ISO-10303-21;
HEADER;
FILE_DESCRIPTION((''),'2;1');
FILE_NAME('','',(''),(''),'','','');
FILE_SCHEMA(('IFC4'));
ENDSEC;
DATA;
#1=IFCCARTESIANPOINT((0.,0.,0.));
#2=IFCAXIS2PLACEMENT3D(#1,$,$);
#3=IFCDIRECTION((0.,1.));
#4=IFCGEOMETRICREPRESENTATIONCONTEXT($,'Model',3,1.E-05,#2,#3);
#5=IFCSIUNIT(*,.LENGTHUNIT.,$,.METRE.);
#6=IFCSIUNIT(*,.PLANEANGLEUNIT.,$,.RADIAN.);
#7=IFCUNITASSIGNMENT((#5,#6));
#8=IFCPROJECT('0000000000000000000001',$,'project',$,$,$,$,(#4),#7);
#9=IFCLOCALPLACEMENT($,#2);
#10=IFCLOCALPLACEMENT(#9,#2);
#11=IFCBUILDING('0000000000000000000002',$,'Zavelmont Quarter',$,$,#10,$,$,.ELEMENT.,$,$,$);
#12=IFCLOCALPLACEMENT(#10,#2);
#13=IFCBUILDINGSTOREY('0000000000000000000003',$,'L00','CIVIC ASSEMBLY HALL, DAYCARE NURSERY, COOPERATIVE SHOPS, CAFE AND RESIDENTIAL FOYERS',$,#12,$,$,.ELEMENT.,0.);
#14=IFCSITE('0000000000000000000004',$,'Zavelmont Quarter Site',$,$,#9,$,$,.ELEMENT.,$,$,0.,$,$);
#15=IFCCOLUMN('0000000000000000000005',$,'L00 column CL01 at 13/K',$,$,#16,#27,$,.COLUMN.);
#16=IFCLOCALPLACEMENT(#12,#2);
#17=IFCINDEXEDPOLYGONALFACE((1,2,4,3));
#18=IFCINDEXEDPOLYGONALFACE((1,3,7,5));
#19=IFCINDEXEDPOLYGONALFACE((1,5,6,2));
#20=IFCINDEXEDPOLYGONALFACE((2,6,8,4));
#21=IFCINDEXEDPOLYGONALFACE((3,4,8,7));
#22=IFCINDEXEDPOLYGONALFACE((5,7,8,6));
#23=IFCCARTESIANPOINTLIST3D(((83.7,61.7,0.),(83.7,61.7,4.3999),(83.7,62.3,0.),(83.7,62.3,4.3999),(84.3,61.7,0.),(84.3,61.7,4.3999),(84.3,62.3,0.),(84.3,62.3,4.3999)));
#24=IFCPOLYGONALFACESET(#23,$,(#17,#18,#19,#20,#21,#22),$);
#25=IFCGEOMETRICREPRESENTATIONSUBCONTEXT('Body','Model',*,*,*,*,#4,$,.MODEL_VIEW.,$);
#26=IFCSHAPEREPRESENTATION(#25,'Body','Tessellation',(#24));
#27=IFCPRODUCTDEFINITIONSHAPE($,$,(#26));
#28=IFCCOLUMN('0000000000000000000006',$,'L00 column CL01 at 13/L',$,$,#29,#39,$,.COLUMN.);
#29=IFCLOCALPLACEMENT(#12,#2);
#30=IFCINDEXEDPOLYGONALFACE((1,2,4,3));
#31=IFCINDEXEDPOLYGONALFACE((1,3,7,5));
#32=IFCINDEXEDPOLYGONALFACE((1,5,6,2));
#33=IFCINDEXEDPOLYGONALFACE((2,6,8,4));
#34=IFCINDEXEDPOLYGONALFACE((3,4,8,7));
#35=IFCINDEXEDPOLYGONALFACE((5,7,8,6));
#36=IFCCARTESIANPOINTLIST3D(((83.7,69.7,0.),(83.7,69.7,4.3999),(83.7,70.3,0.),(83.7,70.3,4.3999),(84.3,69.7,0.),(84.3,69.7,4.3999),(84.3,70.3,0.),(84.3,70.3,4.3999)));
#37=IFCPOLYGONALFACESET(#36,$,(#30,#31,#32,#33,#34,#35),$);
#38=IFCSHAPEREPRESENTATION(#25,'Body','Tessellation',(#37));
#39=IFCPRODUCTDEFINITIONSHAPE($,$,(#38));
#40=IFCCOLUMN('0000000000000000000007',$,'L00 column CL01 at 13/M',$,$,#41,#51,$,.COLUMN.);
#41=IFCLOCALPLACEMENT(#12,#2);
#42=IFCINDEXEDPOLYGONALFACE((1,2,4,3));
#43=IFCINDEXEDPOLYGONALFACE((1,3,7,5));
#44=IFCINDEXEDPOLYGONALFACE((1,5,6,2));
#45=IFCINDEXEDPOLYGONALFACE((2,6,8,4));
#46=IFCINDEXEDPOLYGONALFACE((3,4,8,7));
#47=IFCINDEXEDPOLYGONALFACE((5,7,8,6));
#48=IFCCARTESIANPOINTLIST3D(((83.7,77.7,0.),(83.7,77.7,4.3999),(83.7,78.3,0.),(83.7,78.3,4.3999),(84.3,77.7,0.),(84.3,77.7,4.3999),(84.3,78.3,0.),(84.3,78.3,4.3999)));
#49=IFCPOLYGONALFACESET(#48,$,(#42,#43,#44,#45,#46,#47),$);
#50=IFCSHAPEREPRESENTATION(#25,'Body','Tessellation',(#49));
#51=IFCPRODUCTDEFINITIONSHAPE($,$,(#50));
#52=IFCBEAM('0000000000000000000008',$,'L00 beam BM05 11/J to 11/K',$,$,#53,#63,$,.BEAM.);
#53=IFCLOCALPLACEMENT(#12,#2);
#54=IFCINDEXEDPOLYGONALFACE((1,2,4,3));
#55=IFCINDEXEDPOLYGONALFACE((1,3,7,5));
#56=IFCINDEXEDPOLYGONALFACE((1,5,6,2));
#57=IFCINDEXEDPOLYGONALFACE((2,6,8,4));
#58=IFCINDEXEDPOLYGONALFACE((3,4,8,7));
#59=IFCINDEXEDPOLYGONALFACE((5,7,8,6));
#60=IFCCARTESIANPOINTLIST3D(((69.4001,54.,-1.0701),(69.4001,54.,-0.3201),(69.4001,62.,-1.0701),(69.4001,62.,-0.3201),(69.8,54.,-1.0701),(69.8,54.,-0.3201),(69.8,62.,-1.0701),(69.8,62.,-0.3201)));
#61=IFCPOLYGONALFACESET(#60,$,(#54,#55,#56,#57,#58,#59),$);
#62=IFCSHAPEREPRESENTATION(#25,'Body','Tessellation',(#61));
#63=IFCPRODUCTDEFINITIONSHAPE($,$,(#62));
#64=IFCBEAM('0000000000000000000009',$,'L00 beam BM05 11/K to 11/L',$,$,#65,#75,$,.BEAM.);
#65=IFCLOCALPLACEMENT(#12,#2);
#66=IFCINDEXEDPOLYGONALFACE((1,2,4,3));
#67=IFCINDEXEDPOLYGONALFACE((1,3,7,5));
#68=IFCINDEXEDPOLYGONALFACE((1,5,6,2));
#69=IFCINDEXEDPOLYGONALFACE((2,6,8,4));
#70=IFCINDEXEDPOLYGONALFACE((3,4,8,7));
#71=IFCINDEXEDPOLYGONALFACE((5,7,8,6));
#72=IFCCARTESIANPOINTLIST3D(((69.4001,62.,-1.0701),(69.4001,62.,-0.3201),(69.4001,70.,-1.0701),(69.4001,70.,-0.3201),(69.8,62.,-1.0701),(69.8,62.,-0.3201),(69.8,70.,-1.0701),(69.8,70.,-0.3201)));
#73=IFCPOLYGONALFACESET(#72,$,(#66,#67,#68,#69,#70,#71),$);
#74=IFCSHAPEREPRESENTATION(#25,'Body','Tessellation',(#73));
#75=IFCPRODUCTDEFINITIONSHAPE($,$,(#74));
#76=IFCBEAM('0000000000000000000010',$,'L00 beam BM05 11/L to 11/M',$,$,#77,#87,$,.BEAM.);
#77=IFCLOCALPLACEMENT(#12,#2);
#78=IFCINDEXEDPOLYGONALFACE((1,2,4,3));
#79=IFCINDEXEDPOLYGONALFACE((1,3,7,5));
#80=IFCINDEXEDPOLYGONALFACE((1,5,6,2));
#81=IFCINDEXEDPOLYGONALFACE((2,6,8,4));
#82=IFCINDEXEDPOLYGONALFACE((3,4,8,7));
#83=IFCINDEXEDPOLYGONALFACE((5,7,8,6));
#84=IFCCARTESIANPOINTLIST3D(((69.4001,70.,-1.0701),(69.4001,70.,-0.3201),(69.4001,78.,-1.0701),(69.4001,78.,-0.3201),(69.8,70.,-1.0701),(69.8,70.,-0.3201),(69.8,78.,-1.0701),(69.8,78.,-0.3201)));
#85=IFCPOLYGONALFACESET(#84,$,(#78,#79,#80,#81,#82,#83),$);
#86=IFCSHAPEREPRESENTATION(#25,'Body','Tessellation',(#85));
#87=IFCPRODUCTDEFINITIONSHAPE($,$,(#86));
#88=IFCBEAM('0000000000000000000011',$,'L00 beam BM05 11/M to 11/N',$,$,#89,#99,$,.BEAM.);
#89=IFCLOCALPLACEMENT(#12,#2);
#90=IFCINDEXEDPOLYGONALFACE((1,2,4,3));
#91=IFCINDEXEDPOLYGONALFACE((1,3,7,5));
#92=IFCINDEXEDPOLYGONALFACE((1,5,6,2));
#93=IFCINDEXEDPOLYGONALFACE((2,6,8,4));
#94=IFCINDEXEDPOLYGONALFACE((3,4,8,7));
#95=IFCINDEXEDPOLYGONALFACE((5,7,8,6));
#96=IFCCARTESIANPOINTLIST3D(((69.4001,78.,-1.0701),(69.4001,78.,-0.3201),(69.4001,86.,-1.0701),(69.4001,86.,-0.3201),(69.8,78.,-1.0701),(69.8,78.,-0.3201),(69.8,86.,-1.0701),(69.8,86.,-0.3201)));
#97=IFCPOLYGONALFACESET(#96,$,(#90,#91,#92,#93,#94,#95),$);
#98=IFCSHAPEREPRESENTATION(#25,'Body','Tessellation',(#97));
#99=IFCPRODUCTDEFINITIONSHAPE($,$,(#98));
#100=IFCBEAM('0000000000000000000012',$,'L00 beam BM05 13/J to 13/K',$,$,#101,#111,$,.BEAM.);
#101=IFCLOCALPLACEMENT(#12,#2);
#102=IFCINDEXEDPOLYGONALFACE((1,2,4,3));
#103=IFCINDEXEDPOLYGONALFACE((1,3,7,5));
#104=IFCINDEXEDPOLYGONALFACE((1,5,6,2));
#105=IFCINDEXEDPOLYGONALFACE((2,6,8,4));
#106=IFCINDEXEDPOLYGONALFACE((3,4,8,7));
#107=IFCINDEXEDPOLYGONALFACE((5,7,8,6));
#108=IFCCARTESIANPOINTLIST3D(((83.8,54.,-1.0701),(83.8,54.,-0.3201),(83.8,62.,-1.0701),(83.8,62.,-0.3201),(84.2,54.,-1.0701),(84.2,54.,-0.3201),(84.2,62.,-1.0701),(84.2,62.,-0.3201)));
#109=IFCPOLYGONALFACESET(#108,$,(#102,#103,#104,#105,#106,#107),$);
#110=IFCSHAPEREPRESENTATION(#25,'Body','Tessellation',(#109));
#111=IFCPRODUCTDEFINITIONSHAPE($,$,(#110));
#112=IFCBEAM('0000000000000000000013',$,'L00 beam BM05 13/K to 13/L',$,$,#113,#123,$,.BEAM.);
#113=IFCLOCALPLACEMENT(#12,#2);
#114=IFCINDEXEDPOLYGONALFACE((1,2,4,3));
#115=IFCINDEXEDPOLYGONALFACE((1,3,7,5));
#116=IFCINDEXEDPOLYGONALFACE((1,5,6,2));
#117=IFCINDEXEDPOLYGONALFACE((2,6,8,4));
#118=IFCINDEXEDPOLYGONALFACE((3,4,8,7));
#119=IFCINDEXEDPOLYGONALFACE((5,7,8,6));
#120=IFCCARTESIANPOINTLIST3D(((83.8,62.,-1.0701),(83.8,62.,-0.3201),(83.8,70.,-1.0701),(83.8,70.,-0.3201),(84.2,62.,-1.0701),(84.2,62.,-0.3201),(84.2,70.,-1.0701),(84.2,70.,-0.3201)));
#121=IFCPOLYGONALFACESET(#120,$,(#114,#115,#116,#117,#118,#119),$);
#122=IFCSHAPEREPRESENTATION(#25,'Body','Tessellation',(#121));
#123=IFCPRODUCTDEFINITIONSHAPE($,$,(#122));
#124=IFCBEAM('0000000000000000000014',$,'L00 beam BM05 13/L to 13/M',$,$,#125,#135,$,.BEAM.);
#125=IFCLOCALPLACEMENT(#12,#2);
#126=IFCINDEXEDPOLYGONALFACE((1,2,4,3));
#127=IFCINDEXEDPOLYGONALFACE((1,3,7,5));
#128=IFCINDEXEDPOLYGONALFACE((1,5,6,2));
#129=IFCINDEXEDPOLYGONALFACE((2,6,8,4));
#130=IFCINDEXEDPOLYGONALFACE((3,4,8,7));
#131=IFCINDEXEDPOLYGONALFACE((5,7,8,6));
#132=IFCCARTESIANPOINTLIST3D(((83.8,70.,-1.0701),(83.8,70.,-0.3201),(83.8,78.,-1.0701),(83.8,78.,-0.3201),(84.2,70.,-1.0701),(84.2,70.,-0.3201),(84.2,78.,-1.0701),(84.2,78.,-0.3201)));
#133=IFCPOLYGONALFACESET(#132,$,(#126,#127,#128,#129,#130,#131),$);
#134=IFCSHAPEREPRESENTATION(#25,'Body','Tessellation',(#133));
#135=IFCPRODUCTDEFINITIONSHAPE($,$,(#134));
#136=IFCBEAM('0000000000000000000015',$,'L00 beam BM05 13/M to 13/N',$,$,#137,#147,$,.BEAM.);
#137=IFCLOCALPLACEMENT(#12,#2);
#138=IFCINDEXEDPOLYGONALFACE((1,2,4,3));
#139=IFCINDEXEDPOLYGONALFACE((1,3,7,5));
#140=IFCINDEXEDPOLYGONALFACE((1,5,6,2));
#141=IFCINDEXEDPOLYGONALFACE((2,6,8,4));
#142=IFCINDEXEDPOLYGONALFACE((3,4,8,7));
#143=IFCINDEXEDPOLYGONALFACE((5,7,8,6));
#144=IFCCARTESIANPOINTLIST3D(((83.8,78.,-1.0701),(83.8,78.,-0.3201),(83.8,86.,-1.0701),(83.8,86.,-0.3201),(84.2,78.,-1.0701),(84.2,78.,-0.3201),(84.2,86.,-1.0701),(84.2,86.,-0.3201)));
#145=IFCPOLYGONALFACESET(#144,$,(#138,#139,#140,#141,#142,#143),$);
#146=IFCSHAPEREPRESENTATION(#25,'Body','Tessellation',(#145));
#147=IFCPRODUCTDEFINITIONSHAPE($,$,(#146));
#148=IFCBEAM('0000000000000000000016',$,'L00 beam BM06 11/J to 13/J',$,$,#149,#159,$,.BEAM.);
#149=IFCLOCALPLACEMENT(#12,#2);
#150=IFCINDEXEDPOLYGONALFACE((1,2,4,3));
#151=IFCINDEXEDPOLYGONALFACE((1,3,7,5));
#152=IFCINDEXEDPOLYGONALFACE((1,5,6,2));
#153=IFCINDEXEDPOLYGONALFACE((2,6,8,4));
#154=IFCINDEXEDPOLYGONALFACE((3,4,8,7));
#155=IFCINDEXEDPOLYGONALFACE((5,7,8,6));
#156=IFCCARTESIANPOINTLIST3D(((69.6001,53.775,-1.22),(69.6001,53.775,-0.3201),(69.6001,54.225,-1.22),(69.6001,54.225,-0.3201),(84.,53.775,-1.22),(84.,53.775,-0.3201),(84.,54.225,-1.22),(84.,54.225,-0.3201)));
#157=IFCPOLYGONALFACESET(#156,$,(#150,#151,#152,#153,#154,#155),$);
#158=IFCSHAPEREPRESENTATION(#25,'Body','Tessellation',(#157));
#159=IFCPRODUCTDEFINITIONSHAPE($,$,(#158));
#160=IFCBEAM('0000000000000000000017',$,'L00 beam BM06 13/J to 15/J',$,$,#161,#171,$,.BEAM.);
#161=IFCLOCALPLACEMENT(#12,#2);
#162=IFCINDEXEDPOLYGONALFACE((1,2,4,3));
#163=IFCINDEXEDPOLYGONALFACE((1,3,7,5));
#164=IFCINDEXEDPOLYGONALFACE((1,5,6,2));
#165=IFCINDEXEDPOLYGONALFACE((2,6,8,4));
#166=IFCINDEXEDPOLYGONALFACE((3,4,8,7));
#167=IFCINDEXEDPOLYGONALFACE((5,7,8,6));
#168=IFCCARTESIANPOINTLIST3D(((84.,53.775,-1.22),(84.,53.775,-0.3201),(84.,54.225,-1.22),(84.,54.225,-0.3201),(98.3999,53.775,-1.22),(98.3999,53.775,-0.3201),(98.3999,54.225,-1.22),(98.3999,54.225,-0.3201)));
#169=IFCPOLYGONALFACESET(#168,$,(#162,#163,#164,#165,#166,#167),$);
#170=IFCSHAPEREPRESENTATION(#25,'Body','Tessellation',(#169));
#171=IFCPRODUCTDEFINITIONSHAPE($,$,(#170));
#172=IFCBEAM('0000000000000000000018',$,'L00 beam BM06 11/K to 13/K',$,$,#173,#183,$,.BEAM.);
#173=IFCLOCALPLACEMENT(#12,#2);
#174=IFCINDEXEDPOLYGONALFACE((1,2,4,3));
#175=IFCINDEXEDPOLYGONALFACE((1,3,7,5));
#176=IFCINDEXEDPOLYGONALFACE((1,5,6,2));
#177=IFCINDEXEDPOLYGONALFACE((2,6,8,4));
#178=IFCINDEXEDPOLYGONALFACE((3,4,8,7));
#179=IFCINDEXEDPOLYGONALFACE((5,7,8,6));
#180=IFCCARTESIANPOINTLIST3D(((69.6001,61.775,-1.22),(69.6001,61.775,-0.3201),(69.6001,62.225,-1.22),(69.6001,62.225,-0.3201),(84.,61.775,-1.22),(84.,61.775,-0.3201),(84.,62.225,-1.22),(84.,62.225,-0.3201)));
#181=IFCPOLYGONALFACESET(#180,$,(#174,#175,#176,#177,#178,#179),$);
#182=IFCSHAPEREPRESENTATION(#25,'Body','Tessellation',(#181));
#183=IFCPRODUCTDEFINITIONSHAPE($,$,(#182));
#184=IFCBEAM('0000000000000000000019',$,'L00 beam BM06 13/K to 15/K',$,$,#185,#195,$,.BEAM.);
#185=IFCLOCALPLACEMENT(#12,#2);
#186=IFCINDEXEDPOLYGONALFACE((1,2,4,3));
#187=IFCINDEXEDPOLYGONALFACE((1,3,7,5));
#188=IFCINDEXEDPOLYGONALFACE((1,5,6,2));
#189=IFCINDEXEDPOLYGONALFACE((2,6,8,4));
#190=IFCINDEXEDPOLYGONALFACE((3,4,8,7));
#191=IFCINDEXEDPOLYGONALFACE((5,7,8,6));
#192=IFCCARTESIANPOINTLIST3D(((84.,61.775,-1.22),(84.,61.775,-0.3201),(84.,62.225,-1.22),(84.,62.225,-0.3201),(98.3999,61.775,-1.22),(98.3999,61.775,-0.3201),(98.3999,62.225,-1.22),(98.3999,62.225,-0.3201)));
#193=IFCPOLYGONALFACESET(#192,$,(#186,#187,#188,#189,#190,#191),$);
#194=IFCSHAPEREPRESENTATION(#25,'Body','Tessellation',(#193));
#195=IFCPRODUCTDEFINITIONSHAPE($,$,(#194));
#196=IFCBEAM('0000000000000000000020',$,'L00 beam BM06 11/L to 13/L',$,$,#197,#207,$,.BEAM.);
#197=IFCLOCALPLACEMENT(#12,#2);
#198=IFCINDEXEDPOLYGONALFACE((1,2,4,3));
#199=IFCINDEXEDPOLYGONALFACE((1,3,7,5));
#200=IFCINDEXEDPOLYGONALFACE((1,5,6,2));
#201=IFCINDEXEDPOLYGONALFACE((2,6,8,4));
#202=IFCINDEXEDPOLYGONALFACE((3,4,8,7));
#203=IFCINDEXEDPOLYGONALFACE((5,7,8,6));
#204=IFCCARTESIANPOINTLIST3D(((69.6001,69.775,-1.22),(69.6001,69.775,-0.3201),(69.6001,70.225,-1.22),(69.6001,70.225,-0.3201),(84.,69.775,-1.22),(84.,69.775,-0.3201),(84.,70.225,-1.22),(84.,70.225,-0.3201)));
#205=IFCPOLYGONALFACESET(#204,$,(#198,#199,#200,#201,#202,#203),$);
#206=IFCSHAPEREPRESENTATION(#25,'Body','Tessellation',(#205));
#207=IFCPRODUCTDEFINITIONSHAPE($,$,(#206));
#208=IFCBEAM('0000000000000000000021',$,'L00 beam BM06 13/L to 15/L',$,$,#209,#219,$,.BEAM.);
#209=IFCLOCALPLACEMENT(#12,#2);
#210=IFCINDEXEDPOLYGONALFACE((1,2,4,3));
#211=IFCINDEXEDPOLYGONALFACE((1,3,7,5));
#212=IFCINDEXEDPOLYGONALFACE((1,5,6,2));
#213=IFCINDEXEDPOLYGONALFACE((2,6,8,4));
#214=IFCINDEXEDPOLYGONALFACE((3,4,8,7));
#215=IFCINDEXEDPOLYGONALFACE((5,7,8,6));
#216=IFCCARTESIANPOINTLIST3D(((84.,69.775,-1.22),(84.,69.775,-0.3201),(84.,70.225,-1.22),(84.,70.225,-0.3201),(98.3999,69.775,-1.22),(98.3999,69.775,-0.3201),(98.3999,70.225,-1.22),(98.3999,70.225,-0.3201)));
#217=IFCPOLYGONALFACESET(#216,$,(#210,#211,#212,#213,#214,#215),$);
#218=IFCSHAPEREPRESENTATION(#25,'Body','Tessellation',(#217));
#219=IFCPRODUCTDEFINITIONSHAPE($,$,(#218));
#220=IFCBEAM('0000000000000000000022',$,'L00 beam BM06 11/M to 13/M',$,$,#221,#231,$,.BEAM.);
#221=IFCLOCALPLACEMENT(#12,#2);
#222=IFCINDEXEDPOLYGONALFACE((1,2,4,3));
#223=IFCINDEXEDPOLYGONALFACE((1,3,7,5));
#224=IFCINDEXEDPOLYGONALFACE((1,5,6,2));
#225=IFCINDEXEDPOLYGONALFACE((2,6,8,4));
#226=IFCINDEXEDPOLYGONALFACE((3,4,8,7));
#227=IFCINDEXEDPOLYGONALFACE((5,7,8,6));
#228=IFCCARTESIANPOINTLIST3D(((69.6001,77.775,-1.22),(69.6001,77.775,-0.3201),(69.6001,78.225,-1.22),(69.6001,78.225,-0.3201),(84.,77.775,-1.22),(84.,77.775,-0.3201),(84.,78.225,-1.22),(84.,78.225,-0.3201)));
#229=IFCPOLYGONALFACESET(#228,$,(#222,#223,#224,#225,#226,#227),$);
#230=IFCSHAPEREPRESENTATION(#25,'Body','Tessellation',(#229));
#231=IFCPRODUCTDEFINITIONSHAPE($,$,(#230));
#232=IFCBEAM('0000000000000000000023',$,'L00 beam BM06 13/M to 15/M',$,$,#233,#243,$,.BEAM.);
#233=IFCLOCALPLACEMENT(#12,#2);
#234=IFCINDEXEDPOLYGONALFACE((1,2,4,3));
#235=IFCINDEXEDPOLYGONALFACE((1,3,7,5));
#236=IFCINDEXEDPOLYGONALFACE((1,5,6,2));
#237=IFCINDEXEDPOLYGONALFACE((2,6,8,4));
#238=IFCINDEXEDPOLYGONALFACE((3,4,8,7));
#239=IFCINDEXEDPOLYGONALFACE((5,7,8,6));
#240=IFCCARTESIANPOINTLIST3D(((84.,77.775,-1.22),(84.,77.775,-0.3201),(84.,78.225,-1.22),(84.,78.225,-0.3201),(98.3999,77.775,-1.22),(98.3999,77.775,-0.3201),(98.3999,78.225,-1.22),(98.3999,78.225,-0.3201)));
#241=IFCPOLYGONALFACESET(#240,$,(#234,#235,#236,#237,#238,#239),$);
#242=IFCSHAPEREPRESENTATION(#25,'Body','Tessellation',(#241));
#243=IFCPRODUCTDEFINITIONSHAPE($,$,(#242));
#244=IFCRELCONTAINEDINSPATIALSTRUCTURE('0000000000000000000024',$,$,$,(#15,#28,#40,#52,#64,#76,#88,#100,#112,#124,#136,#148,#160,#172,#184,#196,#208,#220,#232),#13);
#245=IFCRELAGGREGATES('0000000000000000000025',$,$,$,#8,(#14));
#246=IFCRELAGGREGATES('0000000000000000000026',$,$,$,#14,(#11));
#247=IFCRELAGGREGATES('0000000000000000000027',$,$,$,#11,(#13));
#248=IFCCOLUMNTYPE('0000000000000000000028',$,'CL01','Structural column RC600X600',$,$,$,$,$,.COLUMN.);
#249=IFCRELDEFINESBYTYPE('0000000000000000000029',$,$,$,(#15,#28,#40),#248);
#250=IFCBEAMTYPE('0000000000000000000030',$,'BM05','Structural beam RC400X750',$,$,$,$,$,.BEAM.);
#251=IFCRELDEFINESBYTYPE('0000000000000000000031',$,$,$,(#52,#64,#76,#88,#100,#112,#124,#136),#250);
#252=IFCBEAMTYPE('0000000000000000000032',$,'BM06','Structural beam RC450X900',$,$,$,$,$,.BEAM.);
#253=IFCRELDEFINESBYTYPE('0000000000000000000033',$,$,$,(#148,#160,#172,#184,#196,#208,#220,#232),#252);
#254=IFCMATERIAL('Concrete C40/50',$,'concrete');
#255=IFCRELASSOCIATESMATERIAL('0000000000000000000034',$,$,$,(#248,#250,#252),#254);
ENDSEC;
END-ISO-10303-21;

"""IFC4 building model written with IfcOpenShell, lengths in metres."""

from ifc_helpers import new_model, si_unit, direction, frame, origin, origin_2d, place, context, subcontext, project, spatial, rectangle, extrude, material, material_profile, profile_set, type_object, element, save


model = new_model("IFC4")

# Units and contexts
model_context = context("Model", 3, precision=1e-05, world=origin(), true_north=direction((0.0, 1.0)))
body_context = subcontext(model_context, "Body", "Model", "MODEL_VIEW")
ifc_project = project(units=[si_unit("LENGTHUNIT", "METRE"), si_unit("PLANEANGLEUNIT", "RADIAN")], contexts=[model_context])

# Site, building, storey
site_placement = place(None, origin())
site = spatial("IfcSite", under=ifc_project, at=site_placement, Name="Zavelmont Quarter Site", CompositionType="ELEMENT", RefElevation=0.0)
building_placement = place(site_placement, origin())
building = spatial("IfcBuilding", under=site, at=building_placement, Name="Zavelmont Quarter", CompositionType="ELEMENT")
storey_placement = place(building_placement, origin())
storey = spatial("IfcBuildingStorey", under=building, at=storey_placement, Name="L00", Description="CIVIC ASSEMBLY HALL, DAYCARE NURSERY, COOPERATIVE SHOPS, CAFE AND RESIDENTIAL FOYERS", CompositionType="ELEMENT", Elevation=0.0)

# Columns
ifc_material_1 = material(Name="Concrete C40/50", Category="concrete")
ifc_material_profile_1 = material_profile(ifc_material_1, rectangle(XDim=0.6001, YDim=0.6001, at=origin_2d()), Name="RC600X600")
ifc_profile_set_1 = profile_set([ifc_material_profile_1], Name="Concrete C40/50")
column_type = type_object("IfcColumnType", Name="CL01", Description="Structural column RC600X600", PredefinedType="COLUMN", material=ifc_profile_set_1)
for number, where, z_axis, x_axis, name in (
    (1, (84.0, 62.0, 0.0), (0.0, 0.0, 1.0), (1.0, 0.0, 0.0), "L00 column CL01 at 13/K"),
    (2, (84.0, 70.0, 0.0), (0.0, 0.0, 1.0), (1.0, 0.0, 0.0), "L00 column CL01 at 13/L"),
    (3, (84.0, 78.0, 0.0), (0.0, 0.0, 1.0), (1.0, 0.0, 0.0), "L00 column CL01 at 13/M"),
):
    element("IfcColumn", number, at=place(storey_placement, frame(where, z_axis=z_axis, x_axis=x_axis)), inside=storey, type_object=column_type, Name=name, PredefinedType="COLUMN", context=body_context, shape_type="SweptSolid", body=[
        extrude(rectangle(XDim=0.6001, YDim=0.6001, at=origin_2d()), origin(), (0.0, 0.0, 1.0), 4.3999),
    ])

# Beams
ifc_material_profile_2 = material_profile(ifc_material_1, rectangle(XDim=0.3999, YDim=0.75, at=origin_2d()), Name="RC400X750")
ifc_profile_set_2 = profile_set([ifc_material_profile_2], Name="Concrete C40/50")
beam_type_1 = type_object("IfcBeamType", Name="BM05", Description="Structural beam RC400X750", PredefinedType="BEAM", material=ifc_profile_set_2)
for number, where, z_axis, x_axis, name in (
    (4, (69.6001, 54.0, -0.6951), (0.0, 1.0, 0.0), (-1.0, 0.0, 0.0), "L00 beam BM05 11/J to 11/K"),
    (5, (69.6001, 62.0, -0.6951), (0.0, 1.0, 0.0), (-1.0, 0.0, 0.0), "L00 beam BM05 11/K to 11/L"),
    (6, (69.6001, 70.0, -0.6951), (0.0, 1.0, 0.0), (-1.0, 0.0, 0.0), "L00 beam BM05 11/L to 11/M"),
    (7, (69.6001, 78.0, -0.6951), (0.0, 1.0, 0.0), (-1.0, 0.0, 0.0), "L00 beam BM05 11/M to 11/N"),
    (8, (84.0, 54.0, -0.6951), (0.0, 1.0, 0.0), (-1.0, 0.0, 0.0), "L00 beam BM05 13/J to 13/K"),
    (9, (84.0, 62.0, -0.6951), (0.0, 1.0, 0.0), (-1.0, 0.0, 0.0), "L00 beam BM05 13/K to 13/L"),
    (10, (84.0, 70.0, -0.6951), (0.0, 1.0, 0.0), (-1.0, 0.0, 0.0), "L00 beam BM05 13/L to 13/M"),
    (11, (84.0, 78.0, -0.6951), (0.0, 1.0, 0.0), (-1.0, 0.0, 0.0), "L00 beam BM05 13/M to 13/N"),
):
    element("IfcBeam", number, at=place(storey_placement, frame(where, z_axis=z_axis, x_axis=x_axis)), inside=storey, type_object=beam_type_1, Name=name, PredefinedType="BEAM", context=body_context, shape_type="SweptSolid", body=[
        extrude(rectangle(XDim=0.3999, YDim=0.75, at=origin_2d()), origin(), (0.0, 0.0, 1.0), 8.0),
    ])
ifc_material_profile_3 = material_profile(ifc_material_1, rectangle(XDim=0.45, YDim=0.8999, at=origin_2d()), Name="RC450X900")
ifc_profile_set_3 = profile_set([ifc_material_profile_3], Name="Concrete C40/50")
beam_type_2 = type_object("IfcBeamType", Name="BM06", Description="Structural beam RC450X900", PredefinedType="BEAM", material=ifc_profile_set_3)
for number, where, z_axis, x_axis, name in (
    (12, (69.6001, 54.0, -0.77), (1.0, 0.0, 0.0), (0.0, 1.0, 0.0), "L00 beam BM06 11/J to 13/J"),
    (13, (84.0, 54.0, -0.77), (1.0, 0.0, 0.0), (0.0, 1.0, 0.0), "L00 beam BM06 13/J to 15/J"),
    (14, (69.6001, 62.0, -0.77), (1.0, 0.0, 0.0), (0.0, 1.0, 0.0), "L00 beam BM06 11/K to 13/K"),
    (15, (84.0, 62.0, -0.77), (1.0, 0.0, 0.0), (0.0, 1.0, 0.0), "L00 beam BM06 13/K to 15/K"),
    (16, (69.6001, 70.0, -0.77), (1.0, 0.0, 0.0), (0.0, 1.0, 0.0), "L00 beam BM06 11/L to 13/L"),
    (17, (84.0, 70.0, -0.77), (1.0, 0.0, 0.0), (0.0, 1.0, 0.0), "L00 beam BM06 13/L to 15/L"),
    (18, (69.6001, 78.0, -0.77), (1.0, 0.0, 0.0), (0.0, 1.0, 0.0), "L00 beam BM06 11/M to 13/M"),
    (19, (84.0, 78.0, -0.77), (1.0, 0.0, 0.0), (0.0, 1.0, 0.0), "L00 beam BM06 13/M to 15/M"),
):
    element("IfcBeam", number, at=place(storey_placement, frame(where, z_axis=z_axis, x_axis=x_axis)), inside=storey, type_object=beam_type_2, Name=name, PredefinedType="BEAM", context=body_context, shape_type="SweptSolid", body=[
        extrude(rectangle(XDim=0.45, YDim=0.8999, at=origin_2d()), origin(), (0.0, 0.0, 1.0), 14.3999),
    ])

save(model, "model.ifc")
